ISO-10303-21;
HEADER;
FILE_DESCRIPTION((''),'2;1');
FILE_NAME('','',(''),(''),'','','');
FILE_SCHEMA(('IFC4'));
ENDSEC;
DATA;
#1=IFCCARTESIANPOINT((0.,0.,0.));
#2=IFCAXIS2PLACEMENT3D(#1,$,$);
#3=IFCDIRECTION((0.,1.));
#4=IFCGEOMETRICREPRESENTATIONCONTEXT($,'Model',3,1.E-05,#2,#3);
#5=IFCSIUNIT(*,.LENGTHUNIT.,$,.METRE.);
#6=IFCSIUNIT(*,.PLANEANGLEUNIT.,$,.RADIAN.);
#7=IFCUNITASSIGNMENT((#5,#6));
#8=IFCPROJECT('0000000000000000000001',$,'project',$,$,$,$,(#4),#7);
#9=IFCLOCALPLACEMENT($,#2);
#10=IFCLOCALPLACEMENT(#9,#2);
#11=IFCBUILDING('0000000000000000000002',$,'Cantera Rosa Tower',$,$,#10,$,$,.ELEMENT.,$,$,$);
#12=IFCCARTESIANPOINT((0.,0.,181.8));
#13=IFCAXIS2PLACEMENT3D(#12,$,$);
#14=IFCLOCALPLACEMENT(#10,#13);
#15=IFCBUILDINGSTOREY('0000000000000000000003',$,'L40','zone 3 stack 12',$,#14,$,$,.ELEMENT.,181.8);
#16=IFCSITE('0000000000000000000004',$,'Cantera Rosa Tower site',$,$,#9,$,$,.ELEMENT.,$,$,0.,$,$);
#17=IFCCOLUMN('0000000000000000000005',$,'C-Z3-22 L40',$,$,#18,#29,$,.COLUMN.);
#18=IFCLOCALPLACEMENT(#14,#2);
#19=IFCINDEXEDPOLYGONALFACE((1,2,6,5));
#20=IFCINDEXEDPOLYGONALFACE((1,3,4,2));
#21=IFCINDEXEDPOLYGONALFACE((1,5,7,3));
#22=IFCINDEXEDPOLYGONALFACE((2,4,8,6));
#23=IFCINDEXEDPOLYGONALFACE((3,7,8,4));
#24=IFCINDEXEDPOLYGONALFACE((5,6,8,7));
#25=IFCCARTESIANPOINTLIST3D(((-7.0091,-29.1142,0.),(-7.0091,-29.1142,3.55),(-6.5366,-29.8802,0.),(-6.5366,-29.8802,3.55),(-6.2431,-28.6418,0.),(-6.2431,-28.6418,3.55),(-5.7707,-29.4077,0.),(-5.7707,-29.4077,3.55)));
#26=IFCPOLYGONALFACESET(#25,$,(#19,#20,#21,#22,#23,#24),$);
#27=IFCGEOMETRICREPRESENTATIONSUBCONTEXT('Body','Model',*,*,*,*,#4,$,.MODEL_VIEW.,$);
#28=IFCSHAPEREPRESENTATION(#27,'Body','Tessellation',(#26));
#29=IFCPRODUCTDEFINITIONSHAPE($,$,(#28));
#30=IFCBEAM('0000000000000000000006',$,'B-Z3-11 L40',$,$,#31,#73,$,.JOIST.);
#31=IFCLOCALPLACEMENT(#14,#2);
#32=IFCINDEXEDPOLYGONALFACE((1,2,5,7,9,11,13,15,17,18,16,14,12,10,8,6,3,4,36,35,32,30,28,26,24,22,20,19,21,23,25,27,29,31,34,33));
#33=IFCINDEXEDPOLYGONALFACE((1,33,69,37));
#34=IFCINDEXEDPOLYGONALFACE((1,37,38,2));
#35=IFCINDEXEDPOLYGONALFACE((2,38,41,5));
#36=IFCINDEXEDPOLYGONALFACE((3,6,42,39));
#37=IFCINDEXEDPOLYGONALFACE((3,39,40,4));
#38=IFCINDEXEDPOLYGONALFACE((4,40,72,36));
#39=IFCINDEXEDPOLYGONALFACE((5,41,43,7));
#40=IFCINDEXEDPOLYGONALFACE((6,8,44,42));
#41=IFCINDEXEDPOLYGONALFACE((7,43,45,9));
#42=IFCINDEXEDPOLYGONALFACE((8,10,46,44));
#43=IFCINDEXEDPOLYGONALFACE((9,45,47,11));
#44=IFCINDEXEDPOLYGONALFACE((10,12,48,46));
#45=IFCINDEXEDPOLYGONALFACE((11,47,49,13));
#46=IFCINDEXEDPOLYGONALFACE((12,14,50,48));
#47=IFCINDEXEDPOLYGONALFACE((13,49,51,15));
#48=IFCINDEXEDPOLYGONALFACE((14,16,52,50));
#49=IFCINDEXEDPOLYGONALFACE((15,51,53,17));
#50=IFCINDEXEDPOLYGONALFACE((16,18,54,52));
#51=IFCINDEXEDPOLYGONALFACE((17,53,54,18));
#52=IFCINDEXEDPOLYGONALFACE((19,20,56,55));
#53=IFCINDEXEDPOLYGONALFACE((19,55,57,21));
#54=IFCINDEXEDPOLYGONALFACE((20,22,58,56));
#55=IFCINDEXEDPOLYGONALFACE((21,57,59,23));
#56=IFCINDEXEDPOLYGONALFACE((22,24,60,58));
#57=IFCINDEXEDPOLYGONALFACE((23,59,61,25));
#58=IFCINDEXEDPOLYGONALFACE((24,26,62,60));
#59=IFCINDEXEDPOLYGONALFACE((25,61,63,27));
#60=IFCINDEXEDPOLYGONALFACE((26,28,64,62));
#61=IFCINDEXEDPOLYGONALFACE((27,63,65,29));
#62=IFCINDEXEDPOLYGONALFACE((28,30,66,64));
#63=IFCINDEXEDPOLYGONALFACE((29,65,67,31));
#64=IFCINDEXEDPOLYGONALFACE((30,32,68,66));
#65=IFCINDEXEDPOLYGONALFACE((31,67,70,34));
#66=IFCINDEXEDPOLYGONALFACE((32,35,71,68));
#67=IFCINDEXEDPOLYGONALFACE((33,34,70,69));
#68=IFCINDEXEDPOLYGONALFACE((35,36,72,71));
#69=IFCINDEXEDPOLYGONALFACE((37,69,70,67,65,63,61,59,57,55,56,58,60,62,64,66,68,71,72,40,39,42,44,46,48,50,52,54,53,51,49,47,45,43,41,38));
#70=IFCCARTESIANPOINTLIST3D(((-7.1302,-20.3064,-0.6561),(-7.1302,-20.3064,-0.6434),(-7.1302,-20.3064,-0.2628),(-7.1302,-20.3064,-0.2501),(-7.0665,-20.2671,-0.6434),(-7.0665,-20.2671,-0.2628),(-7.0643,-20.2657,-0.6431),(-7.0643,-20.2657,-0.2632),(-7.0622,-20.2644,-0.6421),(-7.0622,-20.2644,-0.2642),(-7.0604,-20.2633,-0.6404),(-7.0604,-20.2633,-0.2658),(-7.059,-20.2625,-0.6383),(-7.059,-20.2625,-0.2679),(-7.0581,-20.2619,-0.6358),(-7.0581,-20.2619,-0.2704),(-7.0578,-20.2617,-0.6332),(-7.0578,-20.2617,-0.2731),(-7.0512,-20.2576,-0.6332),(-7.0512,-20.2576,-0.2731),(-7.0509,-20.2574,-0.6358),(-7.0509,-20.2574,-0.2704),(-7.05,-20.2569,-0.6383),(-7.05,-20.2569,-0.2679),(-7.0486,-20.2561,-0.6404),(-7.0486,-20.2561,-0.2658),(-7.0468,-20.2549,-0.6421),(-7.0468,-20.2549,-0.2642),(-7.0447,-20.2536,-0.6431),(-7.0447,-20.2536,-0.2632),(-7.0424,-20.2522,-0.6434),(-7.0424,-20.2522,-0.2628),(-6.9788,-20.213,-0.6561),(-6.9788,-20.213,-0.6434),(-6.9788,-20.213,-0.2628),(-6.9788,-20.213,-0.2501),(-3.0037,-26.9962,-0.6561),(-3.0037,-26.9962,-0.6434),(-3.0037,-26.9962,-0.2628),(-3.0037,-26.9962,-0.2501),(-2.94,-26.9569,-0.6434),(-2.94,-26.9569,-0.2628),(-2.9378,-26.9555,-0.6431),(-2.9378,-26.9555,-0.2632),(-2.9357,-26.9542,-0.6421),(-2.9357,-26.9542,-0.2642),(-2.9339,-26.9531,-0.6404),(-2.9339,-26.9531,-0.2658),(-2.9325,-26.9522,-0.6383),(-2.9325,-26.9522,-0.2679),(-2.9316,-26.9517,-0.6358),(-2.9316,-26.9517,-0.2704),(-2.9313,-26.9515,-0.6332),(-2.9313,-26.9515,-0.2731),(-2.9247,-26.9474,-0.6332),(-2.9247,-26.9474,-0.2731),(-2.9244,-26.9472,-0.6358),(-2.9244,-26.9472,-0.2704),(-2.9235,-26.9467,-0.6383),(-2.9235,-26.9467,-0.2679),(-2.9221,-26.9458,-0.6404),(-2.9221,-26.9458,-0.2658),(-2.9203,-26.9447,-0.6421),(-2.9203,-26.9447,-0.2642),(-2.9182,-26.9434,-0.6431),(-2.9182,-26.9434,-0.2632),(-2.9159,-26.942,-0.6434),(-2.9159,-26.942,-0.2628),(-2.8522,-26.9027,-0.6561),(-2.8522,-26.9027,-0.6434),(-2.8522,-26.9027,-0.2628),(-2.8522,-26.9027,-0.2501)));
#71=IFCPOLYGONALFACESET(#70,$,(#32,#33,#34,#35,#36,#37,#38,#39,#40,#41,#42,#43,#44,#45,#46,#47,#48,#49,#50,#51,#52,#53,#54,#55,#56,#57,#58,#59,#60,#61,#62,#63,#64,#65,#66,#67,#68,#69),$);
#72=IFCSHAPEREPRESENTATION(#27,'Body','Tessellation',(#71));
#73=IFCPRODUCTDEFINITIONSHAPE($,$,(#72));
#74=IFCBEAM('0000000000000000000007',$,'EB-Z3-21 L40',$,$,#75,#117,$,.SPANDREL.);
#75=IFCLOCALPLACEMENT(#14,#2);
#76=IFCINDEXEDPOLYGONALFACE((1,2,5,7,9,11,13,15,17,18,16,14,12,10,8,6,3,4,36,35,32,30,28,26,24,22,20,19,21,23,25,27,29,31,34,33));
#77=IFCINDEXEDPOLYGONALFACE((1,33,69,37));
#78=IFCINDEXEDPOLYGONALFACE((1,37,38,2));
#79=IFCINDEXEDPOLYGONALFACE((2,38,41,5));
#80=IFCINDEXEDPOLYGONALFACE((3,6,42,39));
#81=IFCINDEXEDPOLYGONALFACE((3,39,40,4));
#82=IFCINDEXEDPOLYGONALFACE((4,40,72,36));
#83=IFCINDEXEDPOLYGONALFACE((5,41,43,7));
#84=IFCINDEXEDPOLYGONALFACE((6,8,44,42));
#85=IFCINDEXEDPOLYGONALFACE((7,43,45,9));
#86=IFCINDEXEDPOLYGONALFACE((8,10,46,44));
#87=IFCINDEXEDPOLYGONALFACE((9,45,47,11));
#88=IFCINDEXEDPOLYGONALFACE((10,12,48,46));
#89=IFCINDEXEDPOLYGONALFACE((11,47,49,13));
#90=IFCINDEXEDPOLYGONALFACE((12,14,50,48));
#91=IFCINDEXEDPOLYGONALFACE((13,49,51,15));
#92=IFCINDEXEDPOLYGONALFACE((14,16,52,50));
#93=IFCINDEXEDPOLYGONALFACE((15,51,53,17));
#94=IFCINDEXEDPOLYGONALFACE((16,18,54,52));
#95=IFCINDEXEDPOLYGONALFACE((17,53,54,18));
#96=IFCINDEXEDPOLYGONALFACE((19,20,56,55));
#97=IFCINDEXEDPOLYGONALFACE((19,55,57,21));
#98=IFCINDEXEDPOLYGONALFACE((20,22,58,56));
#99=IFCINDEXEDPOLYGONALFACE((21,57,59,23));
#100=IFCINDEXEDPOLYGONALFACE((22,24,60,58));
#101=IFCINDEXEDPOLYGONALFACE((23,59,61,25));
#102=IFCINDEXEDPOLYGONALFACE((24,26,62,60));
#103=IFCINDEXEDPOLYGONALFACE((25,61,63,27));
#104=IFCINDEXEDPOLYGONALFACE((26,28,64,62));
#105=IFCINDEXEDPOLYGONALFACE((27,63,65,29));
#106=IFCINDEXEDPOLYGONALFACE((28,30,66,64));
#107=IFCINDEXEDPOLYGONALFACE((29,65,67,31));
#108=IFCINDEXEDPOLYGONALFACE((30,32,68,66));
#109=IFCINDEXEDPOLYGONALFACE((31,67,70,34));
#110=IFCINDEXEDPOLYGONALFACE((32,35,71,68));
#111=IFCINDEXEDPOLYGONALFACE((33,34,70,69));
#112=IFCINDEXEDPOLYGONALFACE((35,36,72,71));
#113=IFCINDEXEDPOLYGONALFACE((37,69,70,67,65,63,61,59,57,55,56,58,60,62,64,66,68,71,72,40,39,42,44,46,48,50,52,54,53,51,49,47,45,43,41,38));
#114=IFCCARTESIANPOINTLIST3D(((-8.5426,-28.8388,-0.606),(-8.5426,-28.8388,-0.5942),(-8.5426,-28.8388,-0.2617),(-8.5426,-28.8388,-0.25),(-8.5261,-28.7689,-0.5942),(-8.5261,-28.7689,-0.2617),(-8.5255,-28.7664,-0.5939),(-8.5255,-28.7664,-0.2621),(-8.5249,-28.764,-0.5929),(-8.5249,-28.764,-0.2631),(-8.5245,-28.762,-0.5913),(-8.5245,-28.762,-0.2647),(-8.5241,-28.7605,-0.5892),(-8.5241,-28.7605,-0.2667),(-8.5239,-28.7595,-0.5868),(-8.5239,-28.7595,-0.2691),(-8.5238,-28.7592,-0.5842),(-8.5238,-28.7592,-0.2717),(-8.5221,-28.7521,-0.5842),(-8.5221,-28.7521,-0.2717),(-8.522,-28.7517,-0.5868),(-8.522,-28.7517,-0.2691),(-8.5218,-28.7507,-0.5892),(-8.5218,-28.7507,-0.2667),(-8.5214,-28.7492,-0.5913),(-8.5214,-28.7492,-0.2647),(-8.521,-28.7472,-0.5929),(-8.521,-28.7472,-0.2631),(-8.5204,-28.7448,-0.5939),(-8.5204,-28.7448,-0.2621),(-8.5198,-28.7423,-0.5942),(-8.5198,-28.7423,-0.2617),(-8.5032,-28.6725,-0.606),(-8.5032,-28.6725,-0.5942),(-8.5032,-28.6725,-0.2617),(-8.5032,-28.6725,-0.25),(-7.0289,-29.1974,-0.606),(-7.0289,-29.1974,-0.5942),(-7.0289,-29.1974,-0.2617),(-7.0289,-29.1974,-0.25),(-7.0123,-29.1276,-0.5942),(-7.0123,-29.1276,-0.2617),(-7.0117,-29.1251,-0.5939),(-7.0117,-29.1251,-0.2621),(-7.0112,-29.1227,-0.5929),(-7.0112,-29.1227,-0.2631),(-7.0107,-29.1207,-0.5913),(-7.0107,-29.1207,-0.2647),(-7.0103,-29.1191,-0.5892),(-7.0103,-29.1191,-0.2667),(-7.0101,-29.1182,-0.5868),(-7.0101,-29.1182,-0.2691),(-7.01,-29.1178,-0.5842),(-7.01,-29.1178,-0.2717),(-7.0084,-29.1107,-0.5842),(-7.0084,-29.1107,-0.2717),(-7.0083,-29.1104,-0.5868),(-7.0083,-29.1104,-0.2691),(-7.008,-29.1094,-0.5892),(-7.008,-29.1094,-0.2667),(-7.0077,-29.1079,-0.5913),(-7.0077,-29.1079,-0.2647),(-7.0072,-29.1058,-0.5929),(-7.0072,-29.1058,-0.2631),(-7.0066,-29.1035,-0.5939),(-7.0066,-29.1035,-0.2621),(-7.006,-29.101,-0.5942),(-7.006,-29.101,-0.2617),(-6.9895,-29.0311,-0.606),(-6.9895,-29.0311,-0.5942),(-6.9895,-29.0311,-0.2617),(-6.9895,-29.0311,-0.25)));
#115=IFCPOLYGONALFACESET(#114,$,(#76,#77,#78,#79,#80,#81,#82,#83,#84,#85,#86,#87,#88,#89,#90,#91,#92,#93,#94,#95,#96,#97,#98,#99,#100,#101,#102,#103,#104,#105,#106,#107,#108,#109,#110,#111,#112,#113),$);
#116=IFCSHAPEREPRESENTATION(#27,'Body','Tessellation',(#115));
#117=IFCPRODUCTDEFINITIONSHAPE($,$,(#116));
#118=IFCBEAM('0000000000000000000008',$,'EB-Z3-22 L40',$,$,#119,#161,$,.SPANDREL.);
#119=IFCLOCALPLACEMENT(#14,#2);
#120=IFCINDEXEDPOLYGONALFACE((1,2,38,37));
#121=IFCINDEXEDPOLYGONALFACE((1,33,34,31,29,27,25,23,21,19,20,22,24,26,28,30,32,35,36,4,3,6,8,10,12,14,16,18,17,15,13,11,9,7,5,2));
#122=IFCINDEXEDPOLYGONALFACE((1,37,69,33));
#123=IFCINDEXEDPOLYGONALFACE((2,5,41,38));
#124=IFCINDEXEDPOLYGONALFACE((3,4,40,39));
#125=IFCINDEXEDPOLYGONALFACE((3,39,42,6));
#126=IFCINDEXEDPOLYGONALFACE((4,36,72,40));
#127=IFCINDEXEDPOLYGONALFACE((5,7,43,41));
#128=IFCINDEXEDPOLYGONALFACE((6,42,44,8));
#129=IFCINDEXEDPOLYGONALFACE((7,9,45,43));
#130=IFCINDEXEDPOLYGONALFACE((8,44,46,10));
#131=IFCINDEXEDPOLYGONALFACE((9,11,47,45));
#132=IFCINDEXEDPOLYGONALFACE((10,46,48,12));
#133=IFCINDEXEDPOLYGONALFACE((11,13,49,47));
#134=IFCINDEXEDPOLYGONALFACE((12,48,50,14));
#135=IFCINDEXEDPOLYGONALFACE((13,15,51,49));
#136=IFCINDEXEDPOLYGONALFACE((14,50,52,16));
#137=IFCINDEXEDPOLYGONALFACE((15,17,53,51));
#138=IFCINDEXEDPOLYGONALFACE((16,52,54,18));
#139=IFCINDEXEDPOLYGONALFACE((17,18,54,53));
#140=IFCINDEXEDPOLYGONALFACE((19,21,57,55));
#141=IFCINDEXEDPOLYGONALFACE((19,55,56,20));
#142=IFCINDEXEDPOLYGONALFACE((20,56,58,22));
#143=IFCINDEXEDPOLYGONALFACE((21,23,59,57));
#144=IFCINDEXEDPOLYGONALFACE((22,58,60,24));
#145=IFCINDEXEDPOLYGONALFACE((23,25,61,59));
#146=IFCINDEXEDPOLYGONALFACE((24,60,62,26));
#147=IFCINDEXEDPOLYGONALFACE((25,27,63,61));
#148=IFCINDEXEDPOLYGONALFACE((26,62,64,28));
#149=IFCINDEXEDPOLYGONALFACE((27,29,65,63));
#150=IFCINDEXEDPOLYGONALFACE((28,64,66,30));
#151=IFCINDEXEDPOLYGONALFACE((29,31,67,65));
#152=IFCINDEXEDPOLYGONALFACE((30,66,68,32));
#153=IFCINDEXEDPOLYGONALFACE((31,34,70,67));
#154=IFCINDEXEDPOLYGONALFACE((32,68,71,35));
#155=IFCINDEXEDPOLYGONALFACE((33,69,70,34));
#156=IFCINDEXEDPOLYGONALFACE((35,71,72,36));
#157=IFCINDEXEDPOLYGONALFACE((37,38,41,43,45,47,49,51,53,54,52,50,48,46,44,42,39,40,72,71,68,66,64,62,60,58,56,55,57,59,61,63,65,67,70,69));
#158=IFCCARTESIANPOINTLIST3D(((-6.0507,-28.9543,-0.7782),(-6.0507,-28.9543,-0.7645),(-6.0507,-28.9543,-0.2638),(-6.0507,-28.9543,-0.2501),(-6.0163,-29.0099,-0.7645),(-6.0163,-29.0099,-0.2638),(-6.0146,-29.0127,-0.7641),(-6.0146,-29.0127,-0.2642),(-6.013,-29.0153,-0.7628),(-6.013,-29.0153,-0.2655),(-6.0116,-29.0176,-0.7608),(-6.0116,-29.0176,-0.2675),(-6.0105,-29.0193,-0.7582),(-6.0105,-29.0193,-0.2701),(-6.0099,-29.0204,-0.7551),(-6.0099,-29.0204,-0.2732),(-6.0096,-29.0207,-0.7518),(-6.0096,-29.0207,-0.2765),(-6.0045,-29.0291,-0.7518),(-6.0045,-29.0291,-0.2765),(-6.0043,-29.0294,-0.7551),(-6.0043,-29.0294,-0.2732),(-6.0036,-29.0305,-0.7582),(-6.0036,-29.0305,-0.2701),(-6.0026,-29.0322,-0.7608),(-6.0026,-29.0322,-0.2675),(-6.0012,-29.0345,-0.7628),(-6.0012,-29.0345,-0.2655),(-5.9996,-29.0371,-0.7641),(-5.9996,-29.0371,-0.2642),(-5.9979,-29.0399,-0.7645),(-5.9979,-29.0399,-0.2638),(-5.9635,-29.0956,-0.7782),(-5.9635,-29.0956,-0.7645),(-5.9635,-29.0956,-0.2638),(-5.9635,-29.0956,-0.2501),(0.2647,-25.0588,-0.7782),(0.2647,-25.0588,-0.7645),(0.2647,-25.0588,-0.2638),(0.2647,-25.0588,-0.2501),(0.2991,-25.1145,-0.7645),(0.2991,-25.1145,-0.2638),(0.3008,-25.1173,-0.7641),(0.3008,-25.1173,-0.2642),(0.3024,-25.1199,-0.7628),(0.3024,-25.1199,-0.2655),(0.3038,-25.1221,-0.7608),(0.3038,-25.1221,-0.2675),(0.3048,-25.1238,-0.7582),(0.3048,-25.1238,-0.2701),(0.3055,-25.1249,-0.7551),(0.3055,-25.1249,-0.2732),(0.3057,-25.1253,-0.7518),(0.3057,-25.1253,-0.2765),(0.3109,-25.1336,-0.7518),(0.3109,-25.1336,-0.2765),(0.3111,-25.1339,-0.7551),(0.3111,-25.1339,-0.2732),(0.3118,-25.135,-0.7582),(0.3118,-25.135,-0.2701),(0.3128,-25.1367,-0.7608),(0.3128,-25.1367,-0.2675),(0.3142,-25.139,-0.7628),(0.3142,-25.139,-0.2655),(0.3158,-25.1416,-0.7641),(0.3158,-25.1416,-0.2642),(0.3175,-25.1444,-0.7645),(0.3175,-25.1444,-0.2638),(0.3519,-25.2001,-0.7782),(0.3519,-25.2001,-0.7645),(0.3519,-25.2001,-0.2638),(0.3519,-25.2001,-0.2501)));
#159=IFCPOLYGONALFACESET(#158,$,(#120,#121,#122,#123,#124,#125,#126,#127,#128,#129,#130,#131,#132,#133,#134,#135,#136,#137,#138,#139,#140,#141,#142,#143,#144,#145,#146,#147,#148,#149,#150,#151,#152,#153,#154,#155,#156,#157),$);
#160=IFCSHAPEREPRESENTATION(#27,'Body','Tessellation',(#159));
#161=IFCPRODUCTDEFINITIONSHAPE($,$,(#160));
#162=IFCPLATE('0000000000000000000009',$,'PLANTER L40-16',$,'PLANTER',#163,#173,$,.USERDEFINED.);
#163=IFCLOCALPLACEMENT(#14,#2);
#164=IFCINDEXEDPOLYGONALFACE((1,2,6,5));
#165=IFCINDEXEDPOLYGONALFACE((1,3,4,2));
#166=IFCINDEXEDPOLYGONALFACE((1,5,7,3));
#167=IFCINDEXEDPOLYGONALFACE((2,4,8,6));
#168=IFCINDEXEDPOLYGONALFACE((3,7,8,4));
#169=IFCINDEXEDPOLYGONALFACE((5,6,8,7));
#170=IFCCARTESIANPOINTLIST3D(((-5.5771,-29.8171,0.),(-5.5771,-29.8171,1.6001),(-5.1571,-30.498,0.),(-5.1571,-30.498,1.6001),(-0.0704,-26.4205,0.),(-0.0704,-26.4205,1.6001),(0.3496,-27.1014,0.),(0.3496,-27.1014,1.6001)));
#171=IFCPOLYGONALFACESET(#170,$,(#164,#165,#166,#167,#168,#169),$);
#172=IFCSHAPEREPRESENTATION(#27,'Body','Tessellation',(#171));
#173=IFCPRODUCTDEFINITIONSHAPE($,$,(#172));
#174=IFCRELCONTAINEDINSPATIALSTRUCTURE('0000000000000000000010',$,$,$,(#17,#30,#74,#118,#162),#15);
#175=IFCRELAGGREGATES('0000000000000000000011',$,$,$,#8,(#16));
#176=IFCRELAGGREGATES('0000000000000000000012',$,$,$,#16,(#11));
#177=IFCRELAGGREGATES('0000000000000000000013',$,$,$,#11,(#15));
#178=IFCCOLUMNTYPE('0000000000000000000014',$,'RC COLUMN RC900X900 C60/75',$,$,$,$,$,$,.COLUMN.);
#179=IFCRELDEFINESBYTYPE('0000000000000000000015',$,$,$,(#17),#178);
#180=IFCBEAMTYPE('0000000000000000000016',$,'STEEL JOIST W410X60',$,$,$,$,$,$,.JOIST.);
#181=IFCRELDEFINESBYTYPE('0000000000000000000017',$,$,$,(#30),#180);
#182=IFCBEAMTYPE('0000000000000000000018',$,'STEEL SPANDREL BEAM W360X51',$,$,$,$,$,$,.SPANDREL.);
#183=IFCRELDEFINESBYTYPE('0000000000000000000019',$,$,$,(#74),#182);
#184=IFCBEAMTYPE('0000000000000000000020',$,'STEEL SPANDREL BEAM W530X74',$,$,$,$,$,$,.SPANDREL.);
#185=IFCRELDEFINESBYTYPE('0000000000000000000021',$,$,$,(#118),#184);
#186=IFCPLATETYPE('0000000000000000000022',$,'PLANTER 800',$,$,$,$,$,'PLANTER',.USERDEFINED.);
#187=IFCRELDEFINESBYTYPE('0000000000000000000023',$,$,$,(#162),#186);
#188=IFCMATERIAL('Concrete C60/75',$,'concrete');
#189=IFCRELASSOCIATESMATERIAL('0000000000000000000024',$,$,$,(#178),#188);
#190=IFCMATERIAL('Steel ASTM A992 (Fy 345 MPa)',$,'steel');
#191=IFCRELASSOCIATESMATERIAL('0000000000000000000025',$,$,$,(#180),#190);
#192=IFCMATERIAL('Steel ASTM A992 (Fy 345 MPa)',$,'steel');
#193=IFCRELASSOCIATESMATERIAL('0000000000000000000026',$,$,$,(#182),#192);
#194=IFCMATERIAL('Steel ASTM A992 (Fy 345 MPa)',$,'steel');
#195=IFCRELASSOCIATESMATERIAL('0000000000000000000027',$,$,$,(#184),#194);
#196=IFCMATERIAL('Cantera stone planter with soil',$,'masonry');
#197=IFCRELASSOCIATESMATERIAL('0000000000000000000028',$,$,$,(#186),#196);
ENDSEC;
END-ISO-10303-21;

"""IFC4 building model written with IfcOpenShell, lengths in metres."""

from ifc_helpers import new_model, si_unit, direction, frame, origin, origin_2d, place, context, subcontext, project, spatial, rectangle, i_section, extrude, material, material_profile, profile_set, type_object, element, save


model = new_model("IFC4")

# Units and contexts
model_context = context("Model", 3, precision=1e-05, world=origin(), true_north=direction((0.0, 1.0)))
body_context = subcontext(model_context, "Body", "Model", "MODEL_VIEW")
ifc_project = project(units=[si_unit("LENGTHUNIT", "METRE"), si_unit("PLANEANGLEUNIT", "RADIAN")], contexts=[model_context])

# Site, building, storey
site_placement = place(None, origin())
site = spatial("IfcSite", under=ifc_project, at=site_placement, Name="Cantera Rosa Tower site", CompositionType="ELEMENT", RefElevation=0.0)
building_placement = place(site_placement, origin())
building = spatial("IfcBuilding", under=site, at=building_placement, Name="Cantera Rosa Tower", CompositionType="ELEMENT")
storey_placement = place(building_placement, frame((0.0, 0.0, 181.8)))
storey = spatial("IfcBuildingStorey", under=building, at=storey_placement, Name="L40", Description="zone 3 stack 12", CompositionType="ELEMENT", Elevation=181.8)

# Column
ifc_material_1 = material(Name="Concrete C60/75", Category="concrete")
ifc_material_profile_1 = material_profile(ifc_material_1, rectangle(XDim=0.8999, YDim=0.8999, at=origin_2d()), Name="RC COLUMN RC900X900 C60/75")
ifc_profile_set_1 = profile_set([ifc_material_profile_1], Name="Concrete C60/75")
column_type = type_object("IfcColumnType", Name="RC COLUMN RC900X900 C60/75", PredefinedType="COLUMN", material=ifc_profile_set_1)
column_placement = place(storey_placement, frame((-6.3899, -29.261, 0.0), z_axis=(0.0, 0.0, 1.0), x_axis=(0.851117, 0.524977, 0.0)))
element("IfcColumn", 1, at=column_placement, inside=storey, type_object=column_type, Name="C-Z3-22 L40", PredefinedType="COLUMN", context=body_context, shape_type="SweptSolid", body=[
    extrude(rectangle(XDim=0.8999, YDim=0.8999, at=origin_2d()), origin(), (0.0, 0.0, 1.0), 3.55),
])

# Beams
ifc_material_2 = material(Name="Steel ASTM A992 (Fy 345 MPa)", Category="steel")
ifc_material_profile_2 = material_profile(ifc_material_2, i_section(OverallWidth=0.178, OverallDepth=0.406, WebThickness=0.0078, FlangeThickness=0.0127, FilletRadius=0.0103, at=origin_2d()), Name="W410X60")
ifc_profile_set_2 = profile_set([ifc_material_profile_2], Name="Steel ASTM A992 (Fy 345 MPa)")
beam_type_1 = type_object("IfcBeamType", Name="STEEL JOIST W410X60", PredefinedType="JOIST", material=ifc_profile_set_2)
beam_1_placement = place(storey_placement, frame((-2.928, -26.9495, -0.4531), z_axis=(-0.524995, 0.851105, 0.0), x_axis=(-0.851105, -0.524995, 0.0)))
element("IfcBeam", 2, at=beam_1_placement, inside=storey, type_object=beam_type_1, Name="B-Z3-11 L40", PredefinedType="JOIST", context=body_context, shape_type="SweptSolid", body=[
    extrude(i_section(OverallWidth=0.178, OverallDepth=0.406, WebThickness=0.0078, FlangeThickness=0.0127, FilletRadius=0.0103, at=origin_2d()), origin(), (0.0, 0.0, 1.0), 7.8601),
])
ifc_material_3 = material(Name="Steel ASTM A992 (Fy 345 MPa)", Category="steel")
ifc_material_profile_3 = material_profile(ifc_material_3, i_section(OverallWidth=0.1709, OverallDepth=0.356, WebThickness=0.0073, FlangeThickness=0.0117, FilletRadius=0.01, at=origin_2d()), Name="W360X51")
ifc_profile_set_3 = profile_set([ifc_material_profile_3], Name="Steel ASTM A992 (Fy 345 MPa)")
beam_type_2 = type_object("IfcBeamType", Name="STEEL SPANDREL BEAM W360X51", PredefinedType="SPANDREL", material=ifc_profile_set_3)
beam_2_placement = place(storey_placement, frame((-8.5229, -28.7556, -0.428), z_axis=(0.97306, -0.230552, 0.0), x_axis=(0.230552, 0.97306, 0.0)))
element("IfcBeam", 3, at=beam_2_placement, inside=storey, type_object=beam_type_2, Name="EB-Z3-21 L40", PredefinedType="SPANDREL", context=body_context, shape_type="SweptSolid", body=[
    extrude(i_section(OverallWidth=0.1709, OverallDepth=0.356, WebThickness=0.0073, FlangeThickness=0.0117, FilletRadius=0.01, at=origin_2d()), origin(), (0.0, 0.0, 1.0), 1.5557),
])
ifc_material_4 = material(Name="Steel ASTM A992 (Fy 345 MPa)", Category="steel")
ifc_material_profile_4 = material_profile(ifc_material_4, i_section(OverallWidth=0.166, OverallDepth=0.5281, WebThickness=0.0098, FlangeThickness=0.0137, FilletRadius=0.0127, at=origin_2d()), Name="W530X74")
ifc_profile_set_4 = profile_set([ifc_material_profile_4], Name="Steel ASTM A992 (Fy 345 MPa)")
beam_type_3 = type_object("IfcBeamType", Name="STEEL SPANDREL BEAM W530X74", PredefinedType="SPANDREL", material=ifc_profile_set_4)
beam_3_placement = place(storey_placement, frame((-6.0071, -29.0249, -0.5142), z_axis=(0.851111, 0.524986, 0.0), x_axis=(-0.524986, 0.851111, 0.0)))
element("IfcBeam", 4, at=beam_3_placement, inside=storey, type_object=beam_type_3, Name="EB-Z3-22 L40", PredefinedType="SPANDREL", context=body_context, shape_type="SweptSolid", body=[
    extrude(i_section(OverallWidth=0.166, OverallDepth=0.5281, WebThickness=0.0098, FlangeThickness=0.0137, FilletRadius=0.0127, at=origin_2d()), origin(), (0.0, 0.0, 1.0), 7.4202),
])

# Plate
ifc_material_5 = material(Name="Cantera stone planter with soil", Category="masonry")
plate_type = type_object("IfcPlateType", Name="PLANTER 800", ElementType="PLANTER", PredefinedType="USERDEFINED", material=ifc_material_5)
plate_placement = place(storey_placement, frame((-2.6138, -28.4592, 0.0), z_axis=(0.0, 0.0, 1.0), x_axis=(0.851117, 0.524977, 0.0)))
element("IfcPlate", 5, at=plate_placement, inside=storey, type_object=plate_type, Name="PLANTER L40-16", ObjectType="PLANTER", PredefinedType="USERDEFINED", context=body_context, shape_type="SweptSolid", body=[
    extrude(rectangle(XDim=6.47, YDim=0.8, at=origin_2d()), origin(), (0.0, 0.0, 1.0), 1.6001),
])

save(model, "model.ifc")
